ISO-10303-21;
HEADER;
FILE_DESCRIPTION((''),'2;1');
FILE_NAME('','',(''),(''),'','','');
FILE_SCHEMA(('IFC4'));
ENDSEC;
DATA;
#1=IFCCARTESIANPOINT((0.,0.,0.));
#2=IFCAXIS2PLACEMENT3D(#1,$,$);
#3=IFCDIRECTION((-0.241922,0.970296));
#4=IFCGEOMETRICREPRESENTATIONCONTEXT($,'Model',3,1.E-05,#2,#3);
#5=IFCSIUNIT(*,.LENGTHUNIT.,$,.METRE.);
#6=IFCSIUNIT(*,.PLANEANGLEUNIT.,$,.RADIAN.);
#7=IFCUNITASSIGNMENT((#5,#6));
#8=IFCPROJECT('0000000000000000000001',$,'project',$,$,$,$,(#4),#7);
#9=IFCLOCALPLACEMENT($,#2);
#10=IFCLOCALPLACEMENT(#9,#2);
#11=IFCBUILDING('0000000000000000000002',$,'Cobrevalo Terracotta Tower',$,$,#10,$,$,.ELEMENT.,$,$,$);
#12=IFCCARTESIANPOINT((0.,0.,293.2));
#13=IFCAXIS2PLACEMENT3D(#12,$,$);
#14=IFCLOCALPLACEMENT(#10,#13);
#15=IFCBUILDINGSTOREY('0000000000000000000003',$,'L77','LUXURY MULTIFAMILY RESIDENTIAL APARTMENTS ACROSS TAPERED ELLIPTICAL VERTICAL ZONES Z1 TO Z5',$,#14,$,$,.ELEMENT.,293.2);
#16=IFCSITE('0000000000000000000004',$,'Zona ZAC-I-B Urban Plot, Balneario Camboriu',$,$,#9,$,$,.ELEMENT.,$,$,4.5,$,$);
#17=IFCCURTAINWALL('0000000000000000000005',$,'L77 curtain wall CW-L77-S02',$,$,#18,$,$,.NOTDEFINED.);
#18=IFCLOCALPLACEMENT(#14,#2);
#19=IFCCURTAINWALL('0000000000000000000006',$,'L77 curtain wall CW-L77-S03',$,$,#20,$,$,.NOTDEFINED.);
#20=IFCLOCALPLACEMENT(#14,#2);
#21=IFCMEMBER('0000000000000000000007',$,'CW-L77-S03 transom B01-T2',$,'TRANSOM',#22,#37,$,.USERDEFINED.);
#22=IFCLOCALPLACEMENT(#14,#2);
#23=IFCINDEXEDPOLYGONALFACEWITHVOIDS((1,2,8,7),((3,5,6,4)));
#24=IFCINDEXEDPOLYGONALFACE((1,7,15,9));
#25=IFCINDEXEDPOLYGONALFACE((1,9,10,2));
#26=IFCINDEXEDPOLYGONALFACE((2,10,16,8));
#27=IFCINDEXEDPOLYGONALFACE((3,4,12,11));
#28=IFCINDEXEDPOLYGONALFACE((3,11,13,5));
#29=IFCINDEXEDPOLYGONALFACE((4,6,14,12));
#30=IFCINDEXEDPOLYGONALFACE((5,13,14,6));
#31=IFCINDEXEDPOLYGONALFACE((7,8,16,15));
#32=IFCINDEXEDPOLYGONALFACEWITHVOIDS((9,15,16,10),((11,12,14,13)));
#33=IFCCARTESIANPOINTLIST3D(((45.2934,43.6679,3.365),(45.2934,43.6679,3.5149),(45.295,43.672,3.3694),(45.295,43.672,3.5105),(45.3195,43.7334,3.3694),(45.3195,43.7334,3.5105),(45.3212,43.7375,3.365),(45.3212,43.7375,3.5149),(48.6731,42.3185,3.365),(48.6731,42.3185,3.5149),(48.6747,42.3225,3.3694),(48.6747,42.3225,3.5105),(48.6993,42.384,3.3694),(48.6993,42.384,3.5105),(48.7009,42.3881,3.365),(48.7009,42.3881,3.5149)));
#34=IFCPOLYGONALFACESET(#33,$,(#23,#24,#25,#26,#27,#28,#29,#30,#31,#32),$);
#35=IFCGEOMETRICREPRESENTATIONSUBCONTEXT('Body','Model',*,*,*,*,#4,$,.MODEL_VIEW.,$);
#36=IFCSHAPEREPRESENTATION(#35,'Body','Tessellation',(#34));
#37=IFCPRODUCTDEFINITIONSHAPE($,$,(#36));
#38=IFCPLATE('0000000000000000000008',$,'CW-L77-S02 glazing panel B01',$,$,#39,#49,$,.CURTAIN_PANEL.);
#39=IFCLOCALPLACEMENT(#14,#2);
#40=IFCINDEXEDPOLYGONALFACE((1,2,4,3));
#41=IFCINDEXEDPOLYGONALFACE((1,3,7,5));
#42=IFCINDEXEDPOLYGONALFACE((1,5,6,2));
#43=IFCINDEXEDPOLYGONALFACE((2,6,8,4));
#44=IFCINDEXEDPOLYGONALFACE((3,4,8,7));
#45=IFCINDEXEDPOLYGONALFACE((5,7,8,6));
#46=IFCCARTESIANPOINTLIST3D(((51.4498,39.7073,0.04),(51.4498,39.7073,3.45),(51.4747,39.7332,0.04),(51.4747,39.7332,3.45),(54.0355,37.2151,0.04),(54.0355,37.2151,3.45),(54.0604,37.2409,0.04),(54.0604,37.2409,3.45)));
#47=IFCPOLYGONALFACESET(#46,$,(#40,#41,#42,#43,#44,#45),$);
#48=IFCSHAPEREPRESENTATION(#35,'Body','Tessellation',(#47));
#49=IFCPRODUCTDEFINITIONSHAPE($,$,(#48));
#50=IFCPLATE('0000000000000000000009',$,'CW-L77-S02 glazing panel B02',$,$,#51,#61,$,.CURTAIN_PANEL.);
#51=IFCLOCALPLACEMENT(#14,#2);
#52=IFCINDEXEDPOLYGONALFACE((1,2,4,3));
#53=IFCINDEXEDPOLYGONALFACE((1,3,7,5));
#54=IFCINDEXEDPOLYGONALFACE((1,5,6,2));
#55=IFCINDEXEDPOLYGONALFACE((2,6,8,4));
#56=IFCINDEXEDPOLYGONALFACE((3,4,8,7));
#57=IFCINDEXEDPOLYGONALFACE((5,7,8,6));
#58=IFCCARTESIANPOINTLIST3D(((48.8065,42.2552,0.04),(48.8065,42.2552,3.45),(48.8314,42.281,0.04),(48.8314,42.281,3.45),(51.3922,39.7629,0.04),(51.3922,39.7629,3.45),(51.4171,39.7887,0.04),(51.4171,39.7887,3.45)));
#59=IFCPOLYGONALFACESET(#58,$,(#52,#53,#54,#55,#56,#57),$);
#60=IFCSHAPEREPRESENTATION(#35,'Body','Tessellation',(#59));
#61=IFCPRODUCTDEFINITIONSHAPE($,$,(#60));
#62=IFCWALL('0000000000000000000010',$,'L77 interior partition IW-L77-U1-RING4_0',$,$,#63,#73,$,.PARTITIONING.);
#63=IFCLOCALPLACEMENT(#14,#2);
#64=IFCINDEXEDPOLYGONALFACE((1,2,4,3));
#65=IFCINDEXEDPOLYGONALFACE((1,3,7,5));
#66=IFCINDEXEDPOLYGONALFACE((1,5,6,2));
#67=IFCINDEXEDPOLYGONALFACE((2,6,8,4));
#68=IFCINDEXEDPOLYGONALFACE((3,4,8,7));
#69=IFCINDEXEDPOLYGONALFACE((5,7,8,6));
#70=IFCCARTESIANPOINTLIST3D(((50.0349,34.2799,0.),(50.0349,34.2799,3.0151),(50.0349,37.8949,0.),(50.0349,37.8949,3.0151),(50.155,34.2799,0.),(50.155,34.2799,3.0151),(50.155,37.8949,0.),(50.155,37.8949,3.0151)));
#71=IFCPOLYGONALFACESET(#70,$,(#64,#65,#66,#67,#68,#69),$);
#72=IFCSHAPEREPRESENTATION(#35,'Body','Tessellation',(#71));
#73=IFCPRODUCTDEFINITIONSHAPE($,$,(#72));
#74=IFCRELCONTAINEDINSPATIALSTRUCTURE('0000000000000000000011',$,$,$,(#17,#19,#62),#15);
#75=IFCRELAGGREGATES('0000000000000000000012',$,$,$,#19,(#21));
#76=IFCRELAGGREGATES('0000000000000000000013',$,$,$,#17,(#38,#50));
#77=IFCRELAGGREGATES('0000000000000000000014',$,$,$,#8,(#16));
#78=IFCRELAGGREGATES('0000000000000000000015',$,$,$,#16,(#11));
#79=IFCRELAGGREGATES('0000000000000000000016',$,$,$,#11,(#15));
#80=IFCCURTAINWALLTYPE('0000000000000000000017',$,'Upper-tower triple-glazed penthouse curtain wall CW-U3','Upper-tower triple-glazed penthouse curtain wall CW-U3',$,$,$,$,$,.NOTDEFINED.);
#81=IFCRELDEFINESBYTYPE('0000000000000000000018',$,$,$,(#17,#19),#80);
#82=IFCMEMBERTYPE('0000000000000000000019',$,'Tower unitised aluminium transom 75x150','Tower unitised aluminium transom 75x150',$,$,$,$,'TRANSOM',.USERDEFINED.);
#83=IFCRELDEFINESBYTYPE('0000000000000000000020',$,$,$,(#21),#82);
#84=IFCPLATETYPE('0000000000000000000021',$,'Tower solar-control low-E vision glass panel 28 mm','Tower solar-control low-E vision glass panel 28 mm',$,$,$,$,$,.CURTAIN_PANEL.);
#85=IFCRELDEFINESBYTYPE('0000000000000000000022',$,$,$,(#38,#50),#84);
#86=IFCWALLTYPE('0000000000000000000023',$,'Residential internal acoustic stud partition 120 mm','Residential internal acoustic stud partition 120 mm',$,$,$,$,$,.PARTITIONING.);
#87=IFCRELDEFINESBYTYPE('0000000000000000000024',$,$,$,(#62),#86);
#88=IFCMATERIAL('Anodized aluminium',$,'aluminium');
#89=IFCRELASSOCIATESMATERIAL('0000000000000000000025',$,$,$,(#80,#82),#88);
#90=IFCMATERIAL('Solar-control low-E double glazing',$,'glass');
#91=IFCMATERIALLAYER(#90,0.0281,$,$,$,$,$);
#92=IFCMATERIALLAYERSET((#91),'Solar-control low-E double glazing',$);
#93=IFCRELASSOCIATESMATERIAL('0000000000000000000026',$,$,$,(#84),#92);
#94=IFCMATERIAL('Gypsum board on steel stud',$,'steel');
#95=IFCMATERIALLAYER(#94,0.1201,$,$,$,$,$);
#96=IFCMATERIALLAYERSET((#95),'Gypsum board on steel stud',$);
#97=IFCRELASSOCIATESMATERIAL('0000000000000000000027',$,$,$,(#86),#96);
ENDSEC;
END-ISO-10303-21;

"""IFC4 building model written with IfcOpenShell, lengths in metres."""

from ifc_helpers import new_model, si_unit, direction, frame, frame_2d, origin, origin_2d, place, context, subcontext, project, spatial, rectangle, hollow_rectangle, extrude, source, transform, mapped, material, layer, layer_set, material_profile, profile_set, type_object, element, aggregate, save


model = new_model("IFC4")

# Units and contexts
model_context = context("Model", 3, precision=1e-05, world=origin(), true_north=direction((-0.241922, 0.970296)))
body_context = subcontext(model_context, "Body", "Model", "MODEL_VIEW")
ifc_project = project(units=[si_unit("LENGTHUNIT", "METRE"), si_unit("PLANEANGLEUNIT", "RADIAN")], contexts=[model_context])

# Site, building, storey
site_placement = place(None, origin())
site = spatial("IfcSite", under=ifc_project, at=site_placement, Name="Zona ZAC-I-B Urban Plot, Balneario Camboriu", CompositionType="ELEMENT", RefElevation=4.5)
building_placement = place(site_placement, origin())
building = spatial("IfcBuilding", under=site, at=building_placement, Name="Cobrevalo Terracotta Tower", CompositionType="ELEMENT")
storey_placement = place(building_placement, frame((0.0, 0.0, 293.2)))
storey = spatial("IfcBuildingStorey", under=building, at=storey_placement, Name="L77", Description="LUXURY MULTIFAMILY RESIDENTIAL APARTMENTS ACROSS TAPERED ELLIPTICAL VERTICAL ZONES Z1 TO Z5", CompositionType="ELEMENT", Elevation=293.2)

# Curtain wall
ifc_material_1 = material(Name="Anodized aluminium", Category="aluminium")
curtain_wall_type = type_object("IfcCurtainWallType", Name="Upper-tower triple-glazed penthouse curtain wall CW-U3", Description="Upper-tower triple-glazed penthouse curtain wall CW-U3", PredefinedType="NOTDEFINED", material=ifc_material_1)
curtain_wall_1_placement = place(storey_placement, origin())
curtain_wall_1 = element("IfcCurtainWall", 1, at=curtain_wall_1_placement, inside=storey, type_object=curtain_wall_type, Name="L77 curtain wall CW-L77-S02", PredefinedType="NOTDEFINED")

# Curtain wall
curtain_wall_2_placement = place(storey_placement, origin())
curtain_wall_2 = element("IfcCurtainWall", 2, at=curtain_wall_2_placement, inside=storey, type_object=curtain_wall_type, Name="L77 curtain wall CW-L77-S03", PredefinedType="NOTDEFINED")

# Member
ifc_material_profile_1 = material_profile(ifc_material_1, hollow_rectangle(XDim=0.075, YDim=0.1499, WallThickness=0.0044, at=origin_2d()), Name="CWT 75x150")
ifc_profile_set_1 = profile_set([ifc_material_profile_1], Name="Anodized aluminium")
member_type_1 = type_object("IfcMemberType", Name="Tower unitised aluminium transom 75x150", Description="Tower unitised aluminium transom 75x150", ElementType="TRANSOM", PredefinedType="USERDEFINED", material=ifc_profile_set_1)
shared_shape_1 = source(origin(), body_context, "Body", "SweptSolid", [
    extrude(hollow_rectangle(XDim=0.075, YDim=0.1499, WallThickness=0.0044, at=origin_2d()), origin(), (0.0, 0.0, 1.0), 3.6392),
])
member_1_placement = place(storey_placement, frame((48.687, 42.3533, 3.4399), z_axis=(-0.928712, 0.370801, 0.0), x_axis=(-0.370801, -0.928712, 0.0)))
member_1 = element("IfcMember", 3, at=member_1_placement, type_object=member_type_1, Name="CW-L77-S03 transom B01-T2", ObjectType="TRANSOM", PredefinedType="USERDEFINED", context=body_context, shape_type="MappedRepresentation", body=[
    mapped(shared_shape_1, transform((0.0, 0.0, 0.0), scale=1.0)),
])
aggregate(curtain_wall_2, [member_1])

# Plates
ifc_material_2 = material(Name="Solar-control low-E double glazing", Category="glass")
ifc_layer_1 = layer(ifc_material_2, 0.0281)
ifc_layer_set_1 = layer_set([ifc_layer_1], Name="Solar-control low-E double glazing")
plate_type = type_object("IfcPlateType", Name="Tower solar-control low-E vision glass panel 28 mm", Description="Tower solar-control low-E vision glass panel 28 mm", PredefinedType="CURTAIN_PANEL", material=ifc_layer_set_1)
shared_shape_2 = source(origin(), body_context, "Body", "SweptSolid", [
    extrude(rectangle(XDim=3.5913, YDim=0.0359, at=origin_2d()), origin(), (0.0, 0.0, 1.0), 3.4099),
])
plate_1_placement = place(storey_placement, frame((52.7551, 38.4741, 0.04), z_axis=(0.0, 0.0, 1.0), x_axis=(-0.719997, 0.693978, 0.0)))
plate_1 = element("IfcPlate", 4, at=plate_1_placement, type_object=plate_type, Name="CW-L77-S02 glazing panel B01", PredefinedType="CURTAIN_PANEL", context=body_context, shape_type="MappedRepresentation", body=[
    mapped(shared_shape_2, transform((0.0, 0.0, 0.0), scale=1.0)),
])
plate_2_placement = place(storey_placement, frame((50.1118, 41.022, 0.04), z_axis=(0.0, 0.0, 1.0), x_axis=(-0.719997, 0.693978, 0.0)))
plate_2 = element("IfcPlate", 5, at=plate_2_placement, type_object=plate_type, Name="CW-L77-S02 glazing panel B02", PredefinedType="CURTAIN_PANEL", context=body_context, shape_type="MappedRepresentation", body=[
    mapped(shared_shape_2, transform((0.0, 0.0, 0.0), scale=1.0)),
])
aggregate(curtain_wall_1, [plate_1, plate_2])

# Wall
ifc_material_3 = material(Name="Gypsum board on steel stud", Category="steel")
ifc_layer_2 = layer(ifc_material_3, 0.1201)
ifc_layer_set_2 = layer_set([ifc_layer_2], Name="Gypsum board on steel stud")
wall_type = type_object("IfcWallType", Name="Residential internal acoustic stud partition 120 mm", Description="Residential internal acoustic stud partition 120 mm", PredefinedType="PARTITIONING", material=ifc_layer_set_2)
wall_placement = place(storey_placement, frame((50.095, 37.895, 0.0), z_axis=(0.0, 0.0, 1.0), x_axis=(0.0, -1.0, 0.0)))
element("IfcWall", 6, at=wall_placement, inside=storey, type_object=wall_type, Name="L77 interior partition IW-L77-U1-RING4_0", PredefinedType="PARTITIONING", context=body_context, shape_type="SweptSolid", body=[
    extrude(rectangle(XDim=3.615, YDim=0.1201, at=frame_2d((1.8076, 0.0))), origin(), (0.0, 0.0, 1.0), 3.0151),
])

save(model, "model.ifc")
